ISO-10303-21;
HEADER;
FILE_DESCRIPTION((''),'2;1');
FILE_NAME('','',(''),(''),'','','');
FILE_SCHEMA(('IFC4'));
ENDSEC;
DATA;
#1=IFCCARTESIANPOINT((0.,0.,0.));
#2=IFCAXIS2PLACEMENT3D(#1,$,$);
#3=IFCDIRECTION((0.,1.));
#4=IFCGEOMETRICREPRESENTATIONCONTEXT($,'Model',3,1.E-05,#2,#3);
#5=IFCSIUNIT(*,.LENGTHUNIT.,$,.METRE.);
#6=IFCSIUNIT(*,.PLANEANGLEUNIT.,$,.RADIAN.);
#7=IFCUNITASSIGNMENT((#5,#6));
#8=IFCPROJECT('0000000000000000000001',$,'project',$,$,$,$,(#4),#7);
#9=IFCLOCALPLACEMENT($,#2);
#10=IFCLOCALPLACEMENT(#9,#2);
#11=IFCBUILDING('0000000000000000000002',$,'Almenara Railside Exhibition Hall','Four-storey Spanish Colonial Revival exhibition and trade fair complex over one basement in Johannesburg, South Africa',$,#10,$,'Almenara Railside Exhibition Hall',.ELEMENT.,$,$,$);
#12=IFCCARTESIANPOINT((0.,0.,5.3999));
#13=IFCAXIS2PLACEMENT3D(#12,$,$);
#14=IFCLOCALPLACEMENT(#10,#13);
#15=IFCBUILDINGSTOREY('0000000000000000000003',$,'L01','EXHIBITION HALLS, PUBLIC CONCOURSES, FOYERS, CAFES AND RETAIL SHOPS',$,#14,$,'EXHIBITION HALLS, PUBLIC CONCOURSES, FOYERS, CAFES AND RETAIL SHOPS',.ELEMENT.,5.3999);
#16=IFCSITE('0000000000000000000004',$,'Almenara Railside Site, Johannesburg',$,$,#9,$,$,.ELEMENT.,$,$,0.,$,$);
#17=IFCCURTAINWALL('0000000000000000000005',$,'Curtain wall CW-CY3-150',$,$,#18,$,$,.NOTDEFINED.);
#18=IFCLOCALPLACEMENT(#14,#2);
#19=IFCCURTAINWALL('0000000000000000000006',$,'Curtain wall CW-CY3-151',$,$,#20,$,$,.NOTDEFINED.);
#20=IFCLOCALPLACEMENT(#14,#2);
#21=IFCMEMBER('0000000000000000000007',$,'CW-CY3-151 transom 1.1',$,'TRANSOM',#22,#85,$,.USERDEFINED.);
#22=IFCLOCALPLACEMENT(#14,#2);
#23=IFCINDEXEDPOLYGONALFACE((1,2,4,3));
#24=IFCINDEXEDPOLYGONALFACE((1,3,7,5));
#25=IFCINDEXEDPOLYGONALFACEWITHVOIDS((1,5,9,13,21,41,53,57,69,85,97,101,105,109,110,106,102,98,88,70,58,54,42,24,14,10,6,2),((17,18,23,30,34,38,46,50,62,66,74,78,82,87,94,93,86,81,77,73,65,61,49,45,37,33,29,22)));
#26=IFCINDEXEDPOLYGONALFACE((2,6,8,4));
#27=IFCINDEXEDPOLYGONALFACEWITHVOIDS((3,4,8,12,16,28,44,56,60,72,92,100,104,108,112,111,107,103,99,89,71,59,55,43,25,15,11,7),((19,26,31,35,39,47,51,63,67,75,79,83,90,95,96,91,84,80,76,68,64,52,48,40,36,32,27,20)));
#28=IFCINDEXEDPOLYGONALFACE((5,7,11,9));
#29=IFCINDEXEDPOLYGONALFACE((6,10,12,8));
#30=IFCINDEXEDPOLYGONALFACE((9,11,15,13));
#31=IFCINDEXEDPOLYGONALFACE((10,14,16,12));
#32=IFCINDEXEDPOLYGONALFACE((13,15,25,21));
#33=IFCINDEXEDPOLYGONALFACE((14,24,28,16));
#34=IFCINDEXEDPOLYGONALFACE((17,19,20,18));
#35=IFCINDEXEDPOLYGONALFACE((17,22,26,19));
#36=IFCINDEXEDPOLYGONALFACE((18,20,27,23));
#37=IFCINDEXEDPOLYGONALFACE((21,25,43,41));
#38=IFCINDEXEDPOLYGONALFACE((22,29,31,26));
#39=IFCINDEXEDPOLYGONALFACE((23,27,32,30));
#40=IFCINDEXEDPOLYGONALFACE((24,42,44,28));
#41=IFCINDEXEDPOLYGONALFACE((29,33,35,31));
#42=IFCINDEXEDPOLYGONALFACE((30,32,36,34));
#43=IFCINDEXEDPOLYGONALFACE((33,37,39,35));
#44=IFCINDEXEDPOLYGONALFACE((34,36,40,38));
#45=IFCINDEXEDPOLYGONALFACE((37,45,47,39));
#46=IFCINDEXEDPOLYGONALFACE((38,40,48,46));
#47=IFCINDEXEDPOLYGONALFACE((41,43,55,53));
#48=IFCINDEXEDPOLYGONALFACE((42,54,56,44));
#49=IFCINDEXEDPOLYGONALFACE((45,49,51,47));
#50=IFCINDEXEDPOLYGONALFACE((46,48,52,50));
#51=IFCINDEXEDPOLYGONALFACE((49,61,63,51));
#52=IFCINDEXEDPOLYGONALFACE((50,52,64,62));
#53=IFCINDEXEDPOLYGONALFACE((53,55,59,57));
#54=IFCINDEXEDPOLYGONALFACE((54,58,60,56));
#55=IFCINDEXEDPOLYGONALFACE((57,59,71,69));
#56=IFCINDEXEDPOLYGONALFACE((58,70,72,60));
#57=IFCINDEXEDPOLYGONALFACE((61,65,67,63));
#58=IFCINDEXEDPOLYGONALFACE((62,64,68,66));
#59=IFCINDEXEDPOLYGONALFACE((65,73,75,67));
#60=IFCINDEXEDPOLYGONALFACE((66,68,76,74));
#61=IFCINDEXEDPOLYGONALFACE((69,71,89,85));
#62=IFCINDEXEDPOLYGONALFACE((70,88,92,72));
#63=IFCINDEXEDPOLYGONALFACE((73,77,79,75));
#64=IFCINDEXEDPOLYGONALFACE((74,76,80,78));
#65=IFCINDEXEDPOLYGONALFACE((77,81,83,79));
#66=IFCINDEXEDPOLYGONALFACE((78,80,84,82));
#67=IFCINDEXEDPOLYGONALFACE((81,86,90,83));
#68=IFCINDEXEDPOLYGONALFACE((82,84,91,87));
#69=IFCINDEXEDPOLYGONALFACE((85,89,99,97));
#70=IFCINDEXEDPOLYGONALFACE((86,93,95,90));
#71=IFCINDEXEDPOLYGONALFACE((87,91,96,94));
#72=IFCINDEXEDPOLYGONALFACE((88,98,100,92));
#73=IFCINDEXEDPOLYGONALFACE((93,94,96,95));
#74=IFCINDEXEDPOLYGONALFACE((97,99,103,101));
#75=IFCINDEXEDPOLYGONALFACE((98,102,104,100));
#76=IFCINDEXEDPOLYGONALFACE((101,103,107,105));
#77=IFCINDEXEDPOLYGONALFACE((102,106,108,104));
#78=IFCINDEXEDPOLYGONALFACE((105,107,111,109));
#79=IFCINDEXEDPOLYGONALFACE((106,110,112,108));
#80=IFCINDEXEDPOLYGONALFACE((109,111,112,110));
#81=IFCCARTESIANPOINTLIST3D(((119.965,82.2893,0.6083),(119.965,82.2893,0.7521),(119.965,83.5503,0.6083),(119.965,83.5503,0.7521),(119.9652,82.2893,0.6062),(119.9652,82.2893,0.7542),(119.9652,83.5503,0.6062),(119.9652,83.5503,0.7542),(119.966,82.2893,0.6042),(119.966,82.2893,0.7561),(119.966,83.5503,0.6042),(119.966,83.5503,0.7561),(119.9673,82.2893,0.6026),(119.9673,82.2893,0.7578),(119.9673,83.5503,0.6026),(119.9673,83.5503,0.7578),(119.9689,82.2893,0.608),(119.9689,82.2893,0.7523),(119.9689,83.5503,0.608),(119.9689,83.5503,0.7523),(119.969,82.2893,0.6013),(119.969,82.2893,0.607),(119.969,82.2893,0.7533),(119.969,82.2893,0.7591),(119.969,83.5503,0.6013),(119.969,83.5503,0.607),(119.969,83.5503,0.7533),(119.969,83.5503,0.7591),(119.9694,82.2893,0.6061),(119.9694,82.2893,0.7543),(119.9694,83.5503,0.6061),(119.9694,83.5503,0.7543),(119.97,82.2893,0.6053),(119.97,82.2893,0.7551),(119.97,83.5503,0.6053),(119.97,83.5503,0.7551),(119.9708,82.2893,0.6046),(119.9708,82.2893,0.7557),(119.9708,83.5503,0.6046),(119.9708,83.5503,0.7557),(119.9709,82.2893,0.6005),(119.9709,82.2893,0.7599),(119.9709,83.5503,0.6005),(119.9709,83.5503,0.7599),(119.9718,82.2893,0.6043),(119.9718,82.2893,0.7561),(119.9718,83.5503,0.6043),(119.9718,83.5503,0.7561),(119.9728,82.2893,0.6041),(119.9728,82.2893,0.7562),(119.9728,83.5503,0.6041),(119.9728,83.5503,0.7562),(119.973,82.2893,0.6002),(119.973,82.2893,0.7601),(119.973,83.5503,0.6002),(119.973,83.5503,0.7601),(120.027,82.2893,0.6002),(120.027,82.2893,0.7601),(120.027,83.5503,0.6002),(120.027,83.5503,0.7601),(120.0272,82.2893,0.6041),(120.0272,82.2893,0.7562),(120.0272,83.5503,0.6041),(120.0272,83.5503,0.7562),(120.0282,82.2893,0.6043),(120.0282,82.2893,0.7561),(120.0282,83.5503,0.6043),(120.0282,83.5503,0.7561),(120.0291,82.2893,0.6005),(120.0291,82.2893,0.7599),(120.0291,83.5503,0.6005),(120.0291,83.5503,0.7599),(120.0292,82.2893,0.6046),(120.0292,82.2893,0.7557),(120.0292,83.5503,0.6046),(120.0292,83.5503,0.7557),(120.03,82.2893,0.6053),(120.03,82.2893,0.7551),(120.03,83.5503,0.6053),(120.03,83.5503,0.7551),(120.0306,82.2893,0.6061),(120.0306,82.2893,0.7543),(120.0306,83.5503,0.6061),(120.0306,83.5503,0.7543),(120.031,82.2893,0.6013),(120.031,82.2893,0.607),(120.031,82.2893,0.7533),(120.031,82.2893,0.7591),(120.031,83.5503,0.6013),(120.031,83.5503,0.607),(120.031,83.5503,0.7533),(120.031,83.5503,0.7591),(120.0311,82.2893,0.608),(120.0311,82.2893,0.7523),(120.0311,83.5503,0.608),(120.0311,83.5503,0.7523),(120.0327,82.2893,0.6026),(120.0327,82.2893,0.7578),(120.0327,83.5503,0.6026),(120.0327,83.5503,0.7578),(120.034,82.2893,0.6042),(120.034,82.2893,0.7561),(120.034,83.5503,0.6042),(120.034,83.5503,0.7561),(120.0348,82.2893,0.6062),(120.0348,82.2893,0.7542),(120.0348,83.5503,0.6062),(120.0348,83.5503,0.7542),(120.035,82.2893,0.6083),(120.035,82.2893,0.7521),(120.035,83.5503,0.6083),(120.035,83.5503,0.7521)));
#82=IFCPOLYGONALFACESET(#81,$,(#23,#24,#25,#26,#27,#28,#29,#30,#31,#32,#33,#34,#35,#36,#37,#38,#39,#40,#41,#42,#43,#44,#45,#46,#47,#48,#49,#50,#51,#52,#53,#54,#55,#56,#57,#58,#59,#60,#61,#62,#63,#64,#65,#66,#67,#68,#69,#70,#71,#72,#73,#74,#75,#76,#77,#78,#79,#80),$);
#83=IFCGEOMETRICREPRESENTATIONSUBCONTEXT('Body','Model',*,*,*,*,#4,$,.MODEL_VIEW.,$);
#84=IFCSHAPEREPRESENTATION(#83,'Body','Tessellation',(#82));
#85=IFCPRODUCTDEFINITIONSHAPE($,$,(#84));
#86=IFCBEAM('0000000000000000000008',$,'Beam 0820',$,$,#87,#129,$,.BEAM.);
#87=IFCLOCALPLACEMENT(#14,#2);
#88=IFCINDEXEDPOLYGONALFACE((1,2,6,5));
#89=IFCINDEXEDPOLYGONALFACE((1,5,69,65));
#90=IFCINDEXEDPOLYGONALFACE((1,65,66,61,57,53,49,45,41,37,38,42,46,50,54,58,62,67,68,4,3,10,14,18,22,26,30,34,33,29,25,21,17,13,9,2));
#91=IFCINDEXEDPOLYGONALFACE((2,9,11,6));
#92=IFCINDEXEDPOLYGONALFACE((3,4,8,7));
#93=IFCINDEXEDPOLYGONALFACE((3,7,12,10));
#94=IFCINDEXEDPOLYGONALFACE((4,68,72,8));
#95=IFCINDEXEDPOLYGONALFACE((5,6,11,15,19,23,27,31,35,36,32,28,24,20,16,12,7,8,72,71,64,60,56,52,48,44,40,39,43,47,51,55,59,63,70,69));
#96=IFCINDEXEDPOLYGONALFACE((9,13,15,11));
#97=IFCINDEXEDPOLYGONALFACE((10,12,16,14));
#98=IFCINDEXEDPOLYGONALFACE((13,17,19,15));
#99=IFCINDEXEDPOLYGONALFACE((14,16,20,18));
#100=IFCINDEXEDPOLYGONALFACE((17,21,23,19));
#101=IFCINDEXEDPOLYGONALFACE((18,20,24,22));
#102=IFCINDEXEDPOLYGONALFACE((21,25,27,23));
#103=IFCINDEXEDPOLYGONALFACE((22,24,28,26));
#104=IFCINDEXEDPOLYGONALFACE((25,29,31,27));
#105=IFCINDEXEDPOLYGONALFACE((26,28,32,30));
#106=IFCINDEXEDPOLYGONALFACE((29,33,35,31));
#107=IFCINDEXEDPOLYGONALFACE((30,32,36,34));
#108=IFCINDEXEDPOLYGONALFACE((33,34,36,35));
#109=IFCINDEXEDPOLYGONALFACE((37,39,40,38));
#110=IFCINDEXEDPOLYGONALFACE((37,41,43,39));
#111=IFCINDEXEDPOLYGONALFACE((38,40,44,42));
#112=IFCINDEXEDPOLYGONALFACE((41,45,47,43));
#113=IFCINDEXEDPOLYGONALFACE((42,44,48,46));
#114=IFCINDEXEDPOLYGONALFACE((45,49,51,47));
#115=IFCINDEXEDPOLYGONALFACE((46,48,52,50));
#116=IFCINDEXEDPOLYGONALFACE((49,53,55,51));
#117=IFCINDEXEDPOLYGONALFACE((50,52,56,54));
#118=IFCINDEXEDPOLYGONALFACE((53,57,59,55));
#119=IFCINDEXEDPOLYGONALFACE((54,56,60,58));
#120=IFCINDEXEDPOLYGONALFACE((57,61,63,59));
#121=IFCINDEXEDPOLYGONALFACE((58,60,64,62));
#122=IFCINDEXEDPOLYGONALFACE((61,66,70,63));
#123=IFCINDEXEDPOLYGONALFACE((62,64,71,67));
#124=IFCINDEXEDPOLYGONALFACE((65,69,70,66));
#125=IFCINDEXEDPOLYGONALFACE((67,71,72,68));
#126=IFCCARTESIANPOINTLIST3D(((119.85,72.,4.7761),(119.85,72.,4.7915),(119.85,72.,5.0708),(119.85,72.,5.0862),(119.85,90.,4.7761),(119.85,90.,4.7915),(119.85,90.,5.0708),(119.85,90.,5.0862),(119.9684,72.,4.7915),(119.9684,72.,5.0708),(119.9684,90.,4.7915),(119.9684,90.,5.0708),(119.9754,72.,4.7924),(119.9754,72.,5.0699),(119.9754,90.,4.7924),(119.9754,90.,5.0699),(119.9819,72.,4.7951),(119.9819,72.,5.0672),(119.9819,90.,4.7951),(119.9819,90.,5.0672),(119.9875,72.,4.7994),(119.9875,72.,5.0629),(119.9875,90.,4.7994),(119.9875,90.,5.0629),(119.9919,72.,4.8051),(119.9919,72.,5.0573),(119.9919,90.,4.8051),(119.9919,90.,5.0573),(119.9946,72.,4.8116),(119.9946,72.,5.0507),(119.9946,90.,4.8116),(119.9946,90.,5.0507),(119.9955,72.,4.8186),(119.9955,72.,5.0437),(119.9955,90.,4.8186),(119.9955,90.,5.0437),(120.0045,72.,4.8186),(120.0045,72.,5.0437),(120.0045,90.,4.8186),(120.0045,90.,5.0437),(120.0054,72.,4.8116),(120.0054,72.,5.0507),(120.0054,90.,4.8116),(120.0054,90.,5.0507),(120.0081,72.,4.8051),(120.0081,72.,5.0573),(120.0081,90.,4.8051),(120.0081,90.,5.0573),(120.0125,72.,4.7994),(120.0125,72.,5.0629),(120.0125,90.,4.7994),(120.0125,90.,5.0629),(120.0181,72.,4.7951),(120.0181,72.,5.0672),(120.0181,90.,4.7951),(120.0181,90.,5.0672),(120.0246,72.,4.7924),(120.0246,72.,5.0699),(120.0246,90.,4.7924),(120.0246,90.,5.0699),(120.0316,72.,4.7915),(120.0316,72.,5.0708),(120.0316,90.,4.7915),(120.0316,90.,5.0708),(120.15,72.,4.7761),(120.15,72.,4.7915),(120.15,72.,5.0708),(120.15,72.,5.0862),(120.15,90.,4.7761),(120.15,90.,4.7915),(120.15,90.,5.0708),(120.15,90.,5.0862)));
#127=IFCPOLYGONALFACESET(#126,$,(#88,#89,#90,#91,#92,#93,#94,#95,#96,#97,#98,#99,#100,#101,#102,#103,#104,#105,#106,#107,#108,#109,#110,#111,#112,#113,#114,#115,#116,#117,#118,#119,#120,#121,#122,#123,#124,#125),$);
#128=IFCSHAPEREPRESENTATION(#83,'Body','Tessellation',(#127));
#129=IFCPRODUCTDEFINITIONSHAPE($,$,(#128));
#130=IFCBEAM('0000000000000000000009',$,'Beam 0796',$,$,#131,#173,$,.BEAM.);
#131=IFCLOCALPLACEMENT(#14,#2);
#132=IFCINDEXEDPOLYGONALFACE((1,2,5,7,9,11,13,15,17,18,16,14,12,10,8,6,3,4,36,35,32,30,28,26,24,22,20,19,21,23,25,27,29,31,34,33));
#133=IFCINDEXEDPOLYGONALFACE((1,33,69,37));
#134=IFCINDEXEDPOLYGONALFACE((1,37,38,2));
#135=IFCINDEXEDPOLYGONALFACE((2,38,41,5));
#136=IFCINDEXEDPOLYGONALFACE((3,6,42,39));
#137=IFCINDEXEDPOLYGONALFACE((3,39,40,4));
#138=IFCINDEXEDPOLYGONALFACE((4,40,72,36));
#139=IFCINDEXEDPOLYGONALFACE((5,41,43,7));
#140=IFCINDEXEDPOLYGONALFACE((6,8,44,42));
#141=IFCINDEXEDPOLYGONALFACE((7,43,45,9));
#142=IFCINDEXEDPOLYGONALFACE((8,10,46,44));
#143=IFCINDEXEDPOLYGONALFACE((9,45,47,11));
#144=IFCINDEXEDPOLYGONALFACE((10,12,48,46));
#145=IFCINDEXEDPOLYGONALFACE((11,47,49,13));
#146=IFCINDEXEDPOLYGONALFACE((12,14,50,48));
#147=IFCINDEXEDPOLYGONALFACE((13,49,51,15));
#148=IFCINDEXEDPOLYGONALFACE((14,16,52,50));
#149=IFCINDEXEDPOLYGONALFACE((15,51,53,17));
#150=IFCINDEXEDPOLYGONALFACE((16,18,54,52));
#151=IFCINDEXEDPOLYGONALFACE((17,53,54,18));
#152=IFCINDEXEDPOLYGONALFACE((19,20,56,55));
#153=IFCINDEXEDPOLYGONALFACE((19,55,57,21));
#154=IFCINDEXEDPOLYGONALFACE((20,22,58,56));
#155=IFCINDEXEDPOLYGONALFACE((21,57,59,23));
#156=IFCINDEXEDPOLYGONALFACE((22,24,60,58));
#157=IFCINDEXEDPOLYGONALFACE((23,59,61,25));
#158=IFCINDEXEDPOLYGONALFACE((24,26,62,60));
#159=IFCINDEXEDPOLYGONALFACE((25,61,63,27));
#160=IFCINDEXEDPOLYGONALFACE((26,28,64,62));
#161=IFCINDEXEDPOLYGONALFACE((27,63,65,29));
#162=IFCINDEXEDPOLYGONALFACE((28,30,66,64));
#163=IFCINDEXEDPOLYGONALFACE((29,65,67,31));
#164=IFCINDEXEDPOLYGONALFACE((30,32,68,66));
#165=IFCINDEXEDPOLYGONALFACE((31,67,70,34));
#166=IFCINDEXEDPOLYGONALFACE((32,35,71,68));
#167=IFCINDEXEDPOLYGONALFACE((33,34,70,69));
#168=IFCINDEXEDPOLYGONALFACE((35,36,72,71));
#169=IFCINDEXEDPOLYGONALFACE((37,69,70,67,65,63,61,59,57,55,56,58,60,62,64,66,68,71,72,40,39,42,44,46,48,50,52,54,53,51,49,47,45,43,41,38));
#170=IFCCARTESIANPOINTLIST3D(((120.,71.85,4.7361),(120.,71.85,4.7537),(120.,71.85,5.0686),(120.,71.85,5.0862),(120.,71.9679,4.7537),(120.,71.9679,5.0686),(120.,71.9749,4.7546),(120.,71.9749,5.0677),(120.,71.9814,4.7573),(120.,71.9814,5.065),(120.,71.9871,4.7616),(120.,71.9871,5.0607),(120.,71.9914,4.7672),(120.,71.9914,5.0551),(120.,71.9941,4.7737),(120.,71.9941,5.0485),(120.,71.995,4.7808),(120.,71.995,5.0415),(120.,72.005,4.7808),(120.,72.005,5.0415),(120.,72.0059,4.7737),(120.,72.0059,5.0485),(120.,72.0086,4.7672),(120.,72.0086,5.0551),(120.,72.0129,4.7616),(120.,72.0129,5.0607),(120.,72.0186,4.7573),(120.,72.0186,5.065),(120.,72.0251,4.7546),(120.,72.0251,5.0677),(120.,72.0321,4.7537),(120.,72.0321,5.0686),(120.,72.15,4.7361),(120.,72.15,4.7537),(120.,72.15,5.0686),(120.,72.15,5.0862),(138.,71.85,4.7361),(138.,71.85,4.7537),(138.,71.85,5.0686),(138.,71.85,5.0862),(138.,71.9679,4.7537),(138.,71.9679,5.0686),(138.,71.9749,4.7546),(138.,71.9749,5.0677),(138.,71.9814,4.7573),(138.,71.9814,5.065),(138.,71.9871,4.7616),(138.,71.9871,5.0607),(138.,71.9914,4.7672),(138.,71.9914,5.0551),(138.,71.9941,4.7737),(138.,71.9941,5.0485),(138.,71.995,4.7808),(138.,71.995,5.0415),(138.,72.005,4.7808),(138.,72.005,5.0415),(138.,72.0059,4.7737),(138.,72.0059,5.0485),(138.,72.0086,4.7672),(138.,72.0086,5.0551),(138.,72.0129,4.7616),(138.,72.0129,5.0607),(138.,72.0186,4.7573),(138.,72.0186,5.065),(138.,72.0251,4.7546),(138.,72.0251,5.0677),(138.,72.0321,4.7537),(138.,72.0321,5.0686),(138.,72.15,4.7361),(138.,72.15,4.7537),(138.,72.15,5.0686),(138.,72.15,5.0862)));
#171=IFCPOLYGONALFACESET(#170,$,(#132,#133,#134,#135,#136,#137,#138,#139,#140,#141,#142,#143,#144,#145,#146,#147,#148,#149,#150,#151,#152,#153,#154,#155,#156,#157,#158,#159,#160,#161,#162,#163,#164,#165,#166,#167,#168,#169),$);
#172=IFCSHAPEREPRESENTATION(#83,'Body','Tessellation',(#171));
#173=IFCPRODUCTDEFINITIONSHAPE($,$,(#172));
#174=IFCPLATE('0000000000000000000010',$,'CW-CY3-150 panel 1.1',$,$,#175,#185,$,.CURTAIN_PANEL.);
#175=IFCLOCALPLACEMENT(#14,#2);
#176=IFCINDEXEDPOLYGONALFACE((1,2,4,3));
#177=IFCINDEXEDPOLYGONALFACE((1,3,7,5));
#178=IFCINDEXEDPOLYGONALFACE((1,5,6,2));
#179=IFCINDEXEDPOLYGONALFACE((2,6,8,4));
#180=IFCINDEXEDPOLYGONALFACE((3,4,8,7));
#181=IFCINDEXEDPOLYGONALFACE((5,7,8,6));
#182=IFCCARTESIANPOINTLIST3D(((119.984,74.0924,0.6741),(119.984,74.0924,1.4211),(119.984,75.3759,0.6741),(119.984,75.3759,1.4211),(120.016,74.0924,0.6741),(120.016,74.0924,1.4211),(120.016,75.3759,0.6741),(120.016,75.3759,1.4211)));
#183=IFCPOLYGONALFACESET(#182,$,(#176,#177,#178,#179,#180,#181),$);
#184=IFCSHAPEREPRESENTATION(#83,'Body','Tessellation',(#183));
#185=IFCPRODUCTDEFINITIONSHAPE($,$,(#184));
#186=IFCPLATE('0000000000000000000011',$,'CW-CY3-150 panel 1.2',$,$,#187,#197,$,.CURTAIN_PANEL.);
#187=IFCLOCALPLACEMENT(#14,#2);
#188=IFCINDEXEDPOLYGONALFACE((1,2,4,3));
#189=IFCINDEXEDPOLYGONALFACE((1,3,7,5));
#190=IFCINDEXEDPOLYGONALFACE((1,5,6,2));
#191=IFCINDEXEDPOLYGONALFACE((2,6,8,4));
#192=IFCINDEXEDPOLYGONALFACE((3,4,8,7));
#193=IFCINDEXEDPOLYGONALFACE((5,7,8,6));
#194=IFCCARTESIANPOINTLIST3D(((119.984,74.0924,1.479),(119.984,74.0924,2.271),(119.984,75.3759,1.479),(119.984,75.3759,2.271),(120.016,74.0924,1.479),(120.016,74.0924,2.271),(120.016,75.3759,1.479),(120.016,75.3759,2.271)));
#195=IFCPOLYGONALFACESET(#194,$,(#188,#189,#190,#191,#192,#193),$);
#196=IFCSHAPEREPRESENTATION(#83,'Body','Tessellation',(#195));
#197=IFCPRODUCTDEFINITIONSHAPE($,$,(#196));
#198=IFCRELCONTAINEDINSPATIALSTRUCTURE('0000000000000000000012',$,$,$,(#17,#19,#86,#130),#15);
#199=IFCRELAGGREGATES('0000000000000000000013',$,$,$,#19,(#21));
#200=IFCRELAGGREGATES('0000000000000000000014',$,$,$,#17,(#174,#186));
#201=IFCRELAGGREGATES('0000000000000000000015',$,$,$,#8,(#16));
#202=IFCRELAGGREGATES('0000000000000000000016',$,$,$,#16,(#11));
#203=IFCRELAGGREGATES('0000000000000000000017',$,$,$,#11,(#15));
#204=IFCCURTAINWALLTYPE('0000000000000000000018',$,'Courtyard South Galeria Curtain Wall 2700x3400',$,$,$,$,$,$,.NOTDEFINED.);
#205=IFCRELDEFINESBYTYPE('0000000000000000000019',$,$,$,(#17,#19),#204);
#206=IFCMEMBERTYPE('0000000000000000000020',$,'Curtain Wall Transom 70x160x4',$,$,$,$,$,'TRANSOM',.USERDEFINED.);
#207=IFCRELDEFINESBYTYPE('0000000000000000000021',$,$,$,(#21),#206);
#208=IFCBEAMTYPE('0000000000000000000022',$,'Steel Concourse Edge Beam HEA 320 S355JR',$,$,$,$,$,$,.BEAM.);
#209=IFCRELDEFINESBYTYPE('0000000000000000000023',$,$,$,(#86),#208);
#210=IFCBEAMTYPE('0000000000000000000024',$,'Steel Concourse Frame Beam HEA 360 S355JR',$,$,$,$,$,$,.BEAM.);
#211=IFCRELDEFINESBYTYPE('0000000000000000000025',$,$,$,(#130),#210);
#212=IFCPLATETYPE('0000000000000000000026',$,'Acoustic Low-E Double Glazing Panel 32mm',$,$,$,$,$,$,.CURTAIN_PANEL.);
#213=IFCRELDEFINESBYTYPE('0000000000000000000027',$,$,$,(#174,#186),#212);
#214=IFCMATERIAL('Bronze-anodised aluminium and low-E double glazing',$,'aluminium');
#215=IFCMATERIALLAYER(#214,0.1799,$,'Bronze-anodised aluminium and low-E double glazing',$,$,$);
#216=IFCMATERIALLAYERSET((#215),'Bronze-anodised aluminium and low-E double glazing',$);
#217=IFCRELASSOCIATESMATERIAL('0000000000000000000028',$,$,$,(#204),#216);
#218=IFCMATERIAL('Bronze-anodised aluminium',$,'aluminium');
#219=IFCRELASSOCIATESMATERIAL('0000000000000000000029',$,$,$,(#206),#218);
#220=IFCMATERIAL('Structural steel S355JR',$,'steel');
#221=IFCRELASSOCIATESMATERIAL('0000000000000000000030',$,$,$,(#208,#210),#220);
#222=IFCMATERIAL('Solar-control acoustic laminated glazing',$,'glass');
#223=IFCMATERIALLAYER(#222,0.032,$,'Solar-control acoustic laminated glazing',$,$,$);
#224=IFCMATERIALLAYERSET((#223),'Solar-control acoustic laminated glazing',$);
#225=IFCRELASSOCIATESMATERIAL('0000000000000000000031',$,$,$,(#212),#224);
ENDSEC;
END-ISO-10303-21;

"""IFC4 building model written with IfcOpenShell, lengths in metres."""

from ifc_helpers import new_model, si_unit, direction, frame, origin, origin_2d, place, context, subcontext, project, spatial, rectangle, hollow_rectangle, i_section, extrude, material, layer, layer_set, material_profile, profile_set, type_object, element, aggregate, save


model = new_model("IFC4")

# Units and contexts
model_context = context("Model", 3, precision=1e-05, world=origin(), true_north=direction((0.0, 1.0)))
body_context = subcontext(model_context, "Body", "Model", "MODEL_VIEW")
ifc_project = project(units=[si_unit("LENGTHUNIT", "METRE"), si_unit("PLANEANGLEUNIT", "RADIAN")], contexts=[model_context])

# Site, building, storey
site_placement = place(None, origin())
site = spatial("IfcSite", under=ifc_project, at=site_placement, Name="Almenara Railside Site, Johannesburg", CompositionType="ELEMENT", RefElevation=0.0)
building_placement = place(site_placement, origin())
building = spatial("IfcBuilding", under=site, at=building_placement, Name="Almenara Railside Exhibition Hall", Description="Four-storey Spanish Colonial Revival exhibition and trade fair complex over one basement in Johannesburg, South Africa", LongName="Almenara Railside Exhibition Hall", CompositionType="ELEMENT")
storey_placement = place(building_placement, frame((0.0, 0.0, 5.3999)))
storey = spatial("IfcBuildingStorey", under=building, at=storey_placement, Name="L01", Description="EXHIBITION HALLS, PUBLIC CONCOURSES, FOYERS, CAFES AND RETAIL SHOPS", LongName="EXHIBITION HALLS, PUBLIC CONCOURSES, FOYERS, CAFES AND RETAIL SHOPS", CompositionType="ELEMENT", Elevation=5.3999)

# Curtain wall
ifc_material_1 = material(Name="Bronze-anodised aluminium and low-E double glazing", Category="aluminium")
ifc_layer_1 = layer(ifc_material_1, 0.1799, Name="Bronze-anodised aluminium and low-E double glazing")
ifc_layer_set_1 = layer_set([ifc_layer_1], Name="Bronze-anodised aluminium and low-E double glazing")
curtain_wall_type = type_object("IfcCurtainWallType", Name="Courtyard South Galeria Curtain Wall 2700x3400", PredefinedType="NOTDEFINED", material=ifc_layer_set_1)
curtain_wall_1_placement = place(storey_placement, origin())
curtain_wall_1 = element("IfcCurtainWall", 1, at=curtain_wall_1_placement, inside=storey, type_object=curtain_wall_type, Name="Curtain wall CW-CY3-150", PredefinedType="NOTDEFINED")
ifc_material_2 = material(Name="Bronze-anodised aluminium", Category="aluminium")

# Curtain wall
curtain_wall_2_placement = place(storey_placement, origin())
curtain_wall_2 = element("IfcCurtainWall", 2, at=curtain_wall_2_placement, inside=storey, type_object=curtain_wall_type, Name="Curtain wall CW-CY3-151", PredefinedType="NOTDEFINED")

# Member
ifc_material_profile_1 = material_profile(ifc_material_2, hollow_rectangle(XDim=0.0701, YDim=0.1599, WallThickness=0.0039, InnerFilletRadius=0.0039, OuterFilletRadius=0.0081, at=origin_2d()), Name="ALU-TRN 70x160x4")
ifc_profile_set_1 = profile_set([ifc_material_profile_1], Name="Bronze-anodised aluminium")
member_type_1 = type_object("IfcMemberType", Name="Curtain Wall Transom 70x160x4", ElementType="TRANSOM", PredefinedType="USERDEFINED", material=ifc_profile_set_1)
member_1_placement = place(storey_placement, frame((120.0, 82.2893, 0.6802), z_axis=(0.0, 1.0, 0.0), x_axis=(-1.0, 0.0, 0.0)))
member_1 = element("IfcMember", 3, at=member_1_placement, type_object=member_type_1, Name="CW-CY3-151 transom 1.1", ObjectType="TRANSOM", PredefinedType="USERDEFINED", context=body_context, shape_type="SweptSolid", body=[
    extrude(hollow_rectangle(XDim=0.0701, YDim=0.1599, WallThickness=0.0039, InnerFilletRadius=0.0039, OuterFilletRadius=0.0081, at=origin_2d()), origin(), (0.0, 0.0, 1.0), 1.261),
])
aggregate(curtain_wall_2, [member_1])

# Beams
ifc_material_3 = material(Name="Structural steel S355JR", Category="steel")
ifc_material_profile_2 = material_profile(ifc_material_3, i_section(OverallWidth=0.3, OverallDepth=0.3101, WebThickness=0.009, FlangeThickness=0.0154, FilletRadius=0.0271, at=origin_2d()), Name="HEA 320")
ifc_profile_set_2 = profile_set([ifc_material_profile_2], Name="Structural steel S355JR")
beam_type_1 = type_object("IfcBeamType", Name="Steel Concourse Edge Beam HEA 320 S355JR", PredefinedType="BEAM", material=ifc_profile_set_2)
beam_1_placement = place(storey_placement, frame((120.0, 72.0, 4.9312), z_axis=(0.0, 1.0, 0.0), x_axis=(-1.0, 0.0, 0.0)))
element("IfcBeam", 4, at=beam_1_placement, inside=storey, type_object=beam_type_1, Name="Beam 0820", PredefinedType="BEAM", context=body_context, shape_type="SweptSolid", body=[
    extrude(i_section(OverallWidth=0.3, OverallDepth=0.3101, WebThickness=0.009, FlangeThickness=0.0154, FilletRadius=0.0271, at=origin_2d()), origin(), (0.0, 0.0, 1.0), 18.0),
])
ifc_material_profile_3 = material_profile(ifc_material_3, i_section(OverallWidth=0.3, OverallDepth=0.3501, WebThickness=0.01, FlangeThickness=0.0176, FilletRadius=0.0271, at=origin_2d()), Name="HEA 360")
ifc_profile_set_3 = profile_set([ifc_material_profile_3], Name="Structural steel S355JR")
beam_type_2 = type_object("IfcBeamType", Name="Steel Concourse Frame Beam HEA 360 S355JR", PredefinedType="BEAM", material=ifc_profile_set_3)
beam_2_placement = place(storey_placement, frame((120.0, 72.0, 4.9111), z_axis=(1.0, 0.0, 0.0), x_axis=(0.0, 1.0, 0.0)))
element("IfcBeam", 5, at=beam_2_placement, inside=storey, type_object=beam_type_2, Name="Beam 0796", PredefinedType="BEAM", context=body_context, shape_type="SweptSolid", body=[
    extrude(i_section(OverallWidth=0.3, OverallDepth=0.3501, WebThickness=0.01, FlangeThickness=0.0176, FilletRadius=0.0271, at=origin_2d()), origin(), (0.0, 0.0, 1.0), 18.0),
])

# Plates
ifc_material_4 = material(Name="Solar-control acoustic laminated glazing", Category="glass")
ifc_layer_2 = layer(ifc_material_4, 0.032, Name="Solar-control acoustic laminated glazing")
ifc_layer_set_2 = layer_set([ifc_layer_2], Name="Solar-control acoustic laminated glazing")
plate_type = type_object("IfcPlateType", Name="Acoustic Low-E Double Glazing Panel 32mm", PredefinedType="CURTAIN_PANEL", material=ifc_layer_set_2)
plate_1_placement = place(storey_placement, frame((120.0, 74.7341, 0.6741), z_axis=(0.0, 0.0, 1.0), x_axis=(0.0, 1.0, 0.0)))
plate_1 = element("IfcPlate", 6, at=plate_1_placement, type_object=plate_type, Name="CW-CY3-150 panel 1.1", PredefinedType="CURTAIN_PANEL", context=body_context, shape_type="SweptSolid", body=[
    extrude(rectangle(XDim=1.2834, YDim=0.032, at=origin_2d()), origin(), (0.0, 0.0, 1.0), 0.7471),
])
plate_2_placement = place(storey_placement, frame((120.0, 74.7341, 1.479), z_axis=(0.0, 0.0, 1.0), x_axis=(0.0, 1.0, 0.0)))
plate_2 = element("IfcPlate", 7, at=plate_2_placement, type_object=plate_type, Name="CW-CY3-150 panel 1.2", PredefinedType="CURTAIN_PANEL", context=body_context, shape_type="SweptSolid", body=[
    extrude(rectangle(XDim=1.2834, YDim=0.032, at=origin_2d()), origin(), (0.0, 0.0, 1.0), 0.792),
])
aggregate(curtain_wall_1, [plate_1, plate_2])

save(model, "model.ifc")
